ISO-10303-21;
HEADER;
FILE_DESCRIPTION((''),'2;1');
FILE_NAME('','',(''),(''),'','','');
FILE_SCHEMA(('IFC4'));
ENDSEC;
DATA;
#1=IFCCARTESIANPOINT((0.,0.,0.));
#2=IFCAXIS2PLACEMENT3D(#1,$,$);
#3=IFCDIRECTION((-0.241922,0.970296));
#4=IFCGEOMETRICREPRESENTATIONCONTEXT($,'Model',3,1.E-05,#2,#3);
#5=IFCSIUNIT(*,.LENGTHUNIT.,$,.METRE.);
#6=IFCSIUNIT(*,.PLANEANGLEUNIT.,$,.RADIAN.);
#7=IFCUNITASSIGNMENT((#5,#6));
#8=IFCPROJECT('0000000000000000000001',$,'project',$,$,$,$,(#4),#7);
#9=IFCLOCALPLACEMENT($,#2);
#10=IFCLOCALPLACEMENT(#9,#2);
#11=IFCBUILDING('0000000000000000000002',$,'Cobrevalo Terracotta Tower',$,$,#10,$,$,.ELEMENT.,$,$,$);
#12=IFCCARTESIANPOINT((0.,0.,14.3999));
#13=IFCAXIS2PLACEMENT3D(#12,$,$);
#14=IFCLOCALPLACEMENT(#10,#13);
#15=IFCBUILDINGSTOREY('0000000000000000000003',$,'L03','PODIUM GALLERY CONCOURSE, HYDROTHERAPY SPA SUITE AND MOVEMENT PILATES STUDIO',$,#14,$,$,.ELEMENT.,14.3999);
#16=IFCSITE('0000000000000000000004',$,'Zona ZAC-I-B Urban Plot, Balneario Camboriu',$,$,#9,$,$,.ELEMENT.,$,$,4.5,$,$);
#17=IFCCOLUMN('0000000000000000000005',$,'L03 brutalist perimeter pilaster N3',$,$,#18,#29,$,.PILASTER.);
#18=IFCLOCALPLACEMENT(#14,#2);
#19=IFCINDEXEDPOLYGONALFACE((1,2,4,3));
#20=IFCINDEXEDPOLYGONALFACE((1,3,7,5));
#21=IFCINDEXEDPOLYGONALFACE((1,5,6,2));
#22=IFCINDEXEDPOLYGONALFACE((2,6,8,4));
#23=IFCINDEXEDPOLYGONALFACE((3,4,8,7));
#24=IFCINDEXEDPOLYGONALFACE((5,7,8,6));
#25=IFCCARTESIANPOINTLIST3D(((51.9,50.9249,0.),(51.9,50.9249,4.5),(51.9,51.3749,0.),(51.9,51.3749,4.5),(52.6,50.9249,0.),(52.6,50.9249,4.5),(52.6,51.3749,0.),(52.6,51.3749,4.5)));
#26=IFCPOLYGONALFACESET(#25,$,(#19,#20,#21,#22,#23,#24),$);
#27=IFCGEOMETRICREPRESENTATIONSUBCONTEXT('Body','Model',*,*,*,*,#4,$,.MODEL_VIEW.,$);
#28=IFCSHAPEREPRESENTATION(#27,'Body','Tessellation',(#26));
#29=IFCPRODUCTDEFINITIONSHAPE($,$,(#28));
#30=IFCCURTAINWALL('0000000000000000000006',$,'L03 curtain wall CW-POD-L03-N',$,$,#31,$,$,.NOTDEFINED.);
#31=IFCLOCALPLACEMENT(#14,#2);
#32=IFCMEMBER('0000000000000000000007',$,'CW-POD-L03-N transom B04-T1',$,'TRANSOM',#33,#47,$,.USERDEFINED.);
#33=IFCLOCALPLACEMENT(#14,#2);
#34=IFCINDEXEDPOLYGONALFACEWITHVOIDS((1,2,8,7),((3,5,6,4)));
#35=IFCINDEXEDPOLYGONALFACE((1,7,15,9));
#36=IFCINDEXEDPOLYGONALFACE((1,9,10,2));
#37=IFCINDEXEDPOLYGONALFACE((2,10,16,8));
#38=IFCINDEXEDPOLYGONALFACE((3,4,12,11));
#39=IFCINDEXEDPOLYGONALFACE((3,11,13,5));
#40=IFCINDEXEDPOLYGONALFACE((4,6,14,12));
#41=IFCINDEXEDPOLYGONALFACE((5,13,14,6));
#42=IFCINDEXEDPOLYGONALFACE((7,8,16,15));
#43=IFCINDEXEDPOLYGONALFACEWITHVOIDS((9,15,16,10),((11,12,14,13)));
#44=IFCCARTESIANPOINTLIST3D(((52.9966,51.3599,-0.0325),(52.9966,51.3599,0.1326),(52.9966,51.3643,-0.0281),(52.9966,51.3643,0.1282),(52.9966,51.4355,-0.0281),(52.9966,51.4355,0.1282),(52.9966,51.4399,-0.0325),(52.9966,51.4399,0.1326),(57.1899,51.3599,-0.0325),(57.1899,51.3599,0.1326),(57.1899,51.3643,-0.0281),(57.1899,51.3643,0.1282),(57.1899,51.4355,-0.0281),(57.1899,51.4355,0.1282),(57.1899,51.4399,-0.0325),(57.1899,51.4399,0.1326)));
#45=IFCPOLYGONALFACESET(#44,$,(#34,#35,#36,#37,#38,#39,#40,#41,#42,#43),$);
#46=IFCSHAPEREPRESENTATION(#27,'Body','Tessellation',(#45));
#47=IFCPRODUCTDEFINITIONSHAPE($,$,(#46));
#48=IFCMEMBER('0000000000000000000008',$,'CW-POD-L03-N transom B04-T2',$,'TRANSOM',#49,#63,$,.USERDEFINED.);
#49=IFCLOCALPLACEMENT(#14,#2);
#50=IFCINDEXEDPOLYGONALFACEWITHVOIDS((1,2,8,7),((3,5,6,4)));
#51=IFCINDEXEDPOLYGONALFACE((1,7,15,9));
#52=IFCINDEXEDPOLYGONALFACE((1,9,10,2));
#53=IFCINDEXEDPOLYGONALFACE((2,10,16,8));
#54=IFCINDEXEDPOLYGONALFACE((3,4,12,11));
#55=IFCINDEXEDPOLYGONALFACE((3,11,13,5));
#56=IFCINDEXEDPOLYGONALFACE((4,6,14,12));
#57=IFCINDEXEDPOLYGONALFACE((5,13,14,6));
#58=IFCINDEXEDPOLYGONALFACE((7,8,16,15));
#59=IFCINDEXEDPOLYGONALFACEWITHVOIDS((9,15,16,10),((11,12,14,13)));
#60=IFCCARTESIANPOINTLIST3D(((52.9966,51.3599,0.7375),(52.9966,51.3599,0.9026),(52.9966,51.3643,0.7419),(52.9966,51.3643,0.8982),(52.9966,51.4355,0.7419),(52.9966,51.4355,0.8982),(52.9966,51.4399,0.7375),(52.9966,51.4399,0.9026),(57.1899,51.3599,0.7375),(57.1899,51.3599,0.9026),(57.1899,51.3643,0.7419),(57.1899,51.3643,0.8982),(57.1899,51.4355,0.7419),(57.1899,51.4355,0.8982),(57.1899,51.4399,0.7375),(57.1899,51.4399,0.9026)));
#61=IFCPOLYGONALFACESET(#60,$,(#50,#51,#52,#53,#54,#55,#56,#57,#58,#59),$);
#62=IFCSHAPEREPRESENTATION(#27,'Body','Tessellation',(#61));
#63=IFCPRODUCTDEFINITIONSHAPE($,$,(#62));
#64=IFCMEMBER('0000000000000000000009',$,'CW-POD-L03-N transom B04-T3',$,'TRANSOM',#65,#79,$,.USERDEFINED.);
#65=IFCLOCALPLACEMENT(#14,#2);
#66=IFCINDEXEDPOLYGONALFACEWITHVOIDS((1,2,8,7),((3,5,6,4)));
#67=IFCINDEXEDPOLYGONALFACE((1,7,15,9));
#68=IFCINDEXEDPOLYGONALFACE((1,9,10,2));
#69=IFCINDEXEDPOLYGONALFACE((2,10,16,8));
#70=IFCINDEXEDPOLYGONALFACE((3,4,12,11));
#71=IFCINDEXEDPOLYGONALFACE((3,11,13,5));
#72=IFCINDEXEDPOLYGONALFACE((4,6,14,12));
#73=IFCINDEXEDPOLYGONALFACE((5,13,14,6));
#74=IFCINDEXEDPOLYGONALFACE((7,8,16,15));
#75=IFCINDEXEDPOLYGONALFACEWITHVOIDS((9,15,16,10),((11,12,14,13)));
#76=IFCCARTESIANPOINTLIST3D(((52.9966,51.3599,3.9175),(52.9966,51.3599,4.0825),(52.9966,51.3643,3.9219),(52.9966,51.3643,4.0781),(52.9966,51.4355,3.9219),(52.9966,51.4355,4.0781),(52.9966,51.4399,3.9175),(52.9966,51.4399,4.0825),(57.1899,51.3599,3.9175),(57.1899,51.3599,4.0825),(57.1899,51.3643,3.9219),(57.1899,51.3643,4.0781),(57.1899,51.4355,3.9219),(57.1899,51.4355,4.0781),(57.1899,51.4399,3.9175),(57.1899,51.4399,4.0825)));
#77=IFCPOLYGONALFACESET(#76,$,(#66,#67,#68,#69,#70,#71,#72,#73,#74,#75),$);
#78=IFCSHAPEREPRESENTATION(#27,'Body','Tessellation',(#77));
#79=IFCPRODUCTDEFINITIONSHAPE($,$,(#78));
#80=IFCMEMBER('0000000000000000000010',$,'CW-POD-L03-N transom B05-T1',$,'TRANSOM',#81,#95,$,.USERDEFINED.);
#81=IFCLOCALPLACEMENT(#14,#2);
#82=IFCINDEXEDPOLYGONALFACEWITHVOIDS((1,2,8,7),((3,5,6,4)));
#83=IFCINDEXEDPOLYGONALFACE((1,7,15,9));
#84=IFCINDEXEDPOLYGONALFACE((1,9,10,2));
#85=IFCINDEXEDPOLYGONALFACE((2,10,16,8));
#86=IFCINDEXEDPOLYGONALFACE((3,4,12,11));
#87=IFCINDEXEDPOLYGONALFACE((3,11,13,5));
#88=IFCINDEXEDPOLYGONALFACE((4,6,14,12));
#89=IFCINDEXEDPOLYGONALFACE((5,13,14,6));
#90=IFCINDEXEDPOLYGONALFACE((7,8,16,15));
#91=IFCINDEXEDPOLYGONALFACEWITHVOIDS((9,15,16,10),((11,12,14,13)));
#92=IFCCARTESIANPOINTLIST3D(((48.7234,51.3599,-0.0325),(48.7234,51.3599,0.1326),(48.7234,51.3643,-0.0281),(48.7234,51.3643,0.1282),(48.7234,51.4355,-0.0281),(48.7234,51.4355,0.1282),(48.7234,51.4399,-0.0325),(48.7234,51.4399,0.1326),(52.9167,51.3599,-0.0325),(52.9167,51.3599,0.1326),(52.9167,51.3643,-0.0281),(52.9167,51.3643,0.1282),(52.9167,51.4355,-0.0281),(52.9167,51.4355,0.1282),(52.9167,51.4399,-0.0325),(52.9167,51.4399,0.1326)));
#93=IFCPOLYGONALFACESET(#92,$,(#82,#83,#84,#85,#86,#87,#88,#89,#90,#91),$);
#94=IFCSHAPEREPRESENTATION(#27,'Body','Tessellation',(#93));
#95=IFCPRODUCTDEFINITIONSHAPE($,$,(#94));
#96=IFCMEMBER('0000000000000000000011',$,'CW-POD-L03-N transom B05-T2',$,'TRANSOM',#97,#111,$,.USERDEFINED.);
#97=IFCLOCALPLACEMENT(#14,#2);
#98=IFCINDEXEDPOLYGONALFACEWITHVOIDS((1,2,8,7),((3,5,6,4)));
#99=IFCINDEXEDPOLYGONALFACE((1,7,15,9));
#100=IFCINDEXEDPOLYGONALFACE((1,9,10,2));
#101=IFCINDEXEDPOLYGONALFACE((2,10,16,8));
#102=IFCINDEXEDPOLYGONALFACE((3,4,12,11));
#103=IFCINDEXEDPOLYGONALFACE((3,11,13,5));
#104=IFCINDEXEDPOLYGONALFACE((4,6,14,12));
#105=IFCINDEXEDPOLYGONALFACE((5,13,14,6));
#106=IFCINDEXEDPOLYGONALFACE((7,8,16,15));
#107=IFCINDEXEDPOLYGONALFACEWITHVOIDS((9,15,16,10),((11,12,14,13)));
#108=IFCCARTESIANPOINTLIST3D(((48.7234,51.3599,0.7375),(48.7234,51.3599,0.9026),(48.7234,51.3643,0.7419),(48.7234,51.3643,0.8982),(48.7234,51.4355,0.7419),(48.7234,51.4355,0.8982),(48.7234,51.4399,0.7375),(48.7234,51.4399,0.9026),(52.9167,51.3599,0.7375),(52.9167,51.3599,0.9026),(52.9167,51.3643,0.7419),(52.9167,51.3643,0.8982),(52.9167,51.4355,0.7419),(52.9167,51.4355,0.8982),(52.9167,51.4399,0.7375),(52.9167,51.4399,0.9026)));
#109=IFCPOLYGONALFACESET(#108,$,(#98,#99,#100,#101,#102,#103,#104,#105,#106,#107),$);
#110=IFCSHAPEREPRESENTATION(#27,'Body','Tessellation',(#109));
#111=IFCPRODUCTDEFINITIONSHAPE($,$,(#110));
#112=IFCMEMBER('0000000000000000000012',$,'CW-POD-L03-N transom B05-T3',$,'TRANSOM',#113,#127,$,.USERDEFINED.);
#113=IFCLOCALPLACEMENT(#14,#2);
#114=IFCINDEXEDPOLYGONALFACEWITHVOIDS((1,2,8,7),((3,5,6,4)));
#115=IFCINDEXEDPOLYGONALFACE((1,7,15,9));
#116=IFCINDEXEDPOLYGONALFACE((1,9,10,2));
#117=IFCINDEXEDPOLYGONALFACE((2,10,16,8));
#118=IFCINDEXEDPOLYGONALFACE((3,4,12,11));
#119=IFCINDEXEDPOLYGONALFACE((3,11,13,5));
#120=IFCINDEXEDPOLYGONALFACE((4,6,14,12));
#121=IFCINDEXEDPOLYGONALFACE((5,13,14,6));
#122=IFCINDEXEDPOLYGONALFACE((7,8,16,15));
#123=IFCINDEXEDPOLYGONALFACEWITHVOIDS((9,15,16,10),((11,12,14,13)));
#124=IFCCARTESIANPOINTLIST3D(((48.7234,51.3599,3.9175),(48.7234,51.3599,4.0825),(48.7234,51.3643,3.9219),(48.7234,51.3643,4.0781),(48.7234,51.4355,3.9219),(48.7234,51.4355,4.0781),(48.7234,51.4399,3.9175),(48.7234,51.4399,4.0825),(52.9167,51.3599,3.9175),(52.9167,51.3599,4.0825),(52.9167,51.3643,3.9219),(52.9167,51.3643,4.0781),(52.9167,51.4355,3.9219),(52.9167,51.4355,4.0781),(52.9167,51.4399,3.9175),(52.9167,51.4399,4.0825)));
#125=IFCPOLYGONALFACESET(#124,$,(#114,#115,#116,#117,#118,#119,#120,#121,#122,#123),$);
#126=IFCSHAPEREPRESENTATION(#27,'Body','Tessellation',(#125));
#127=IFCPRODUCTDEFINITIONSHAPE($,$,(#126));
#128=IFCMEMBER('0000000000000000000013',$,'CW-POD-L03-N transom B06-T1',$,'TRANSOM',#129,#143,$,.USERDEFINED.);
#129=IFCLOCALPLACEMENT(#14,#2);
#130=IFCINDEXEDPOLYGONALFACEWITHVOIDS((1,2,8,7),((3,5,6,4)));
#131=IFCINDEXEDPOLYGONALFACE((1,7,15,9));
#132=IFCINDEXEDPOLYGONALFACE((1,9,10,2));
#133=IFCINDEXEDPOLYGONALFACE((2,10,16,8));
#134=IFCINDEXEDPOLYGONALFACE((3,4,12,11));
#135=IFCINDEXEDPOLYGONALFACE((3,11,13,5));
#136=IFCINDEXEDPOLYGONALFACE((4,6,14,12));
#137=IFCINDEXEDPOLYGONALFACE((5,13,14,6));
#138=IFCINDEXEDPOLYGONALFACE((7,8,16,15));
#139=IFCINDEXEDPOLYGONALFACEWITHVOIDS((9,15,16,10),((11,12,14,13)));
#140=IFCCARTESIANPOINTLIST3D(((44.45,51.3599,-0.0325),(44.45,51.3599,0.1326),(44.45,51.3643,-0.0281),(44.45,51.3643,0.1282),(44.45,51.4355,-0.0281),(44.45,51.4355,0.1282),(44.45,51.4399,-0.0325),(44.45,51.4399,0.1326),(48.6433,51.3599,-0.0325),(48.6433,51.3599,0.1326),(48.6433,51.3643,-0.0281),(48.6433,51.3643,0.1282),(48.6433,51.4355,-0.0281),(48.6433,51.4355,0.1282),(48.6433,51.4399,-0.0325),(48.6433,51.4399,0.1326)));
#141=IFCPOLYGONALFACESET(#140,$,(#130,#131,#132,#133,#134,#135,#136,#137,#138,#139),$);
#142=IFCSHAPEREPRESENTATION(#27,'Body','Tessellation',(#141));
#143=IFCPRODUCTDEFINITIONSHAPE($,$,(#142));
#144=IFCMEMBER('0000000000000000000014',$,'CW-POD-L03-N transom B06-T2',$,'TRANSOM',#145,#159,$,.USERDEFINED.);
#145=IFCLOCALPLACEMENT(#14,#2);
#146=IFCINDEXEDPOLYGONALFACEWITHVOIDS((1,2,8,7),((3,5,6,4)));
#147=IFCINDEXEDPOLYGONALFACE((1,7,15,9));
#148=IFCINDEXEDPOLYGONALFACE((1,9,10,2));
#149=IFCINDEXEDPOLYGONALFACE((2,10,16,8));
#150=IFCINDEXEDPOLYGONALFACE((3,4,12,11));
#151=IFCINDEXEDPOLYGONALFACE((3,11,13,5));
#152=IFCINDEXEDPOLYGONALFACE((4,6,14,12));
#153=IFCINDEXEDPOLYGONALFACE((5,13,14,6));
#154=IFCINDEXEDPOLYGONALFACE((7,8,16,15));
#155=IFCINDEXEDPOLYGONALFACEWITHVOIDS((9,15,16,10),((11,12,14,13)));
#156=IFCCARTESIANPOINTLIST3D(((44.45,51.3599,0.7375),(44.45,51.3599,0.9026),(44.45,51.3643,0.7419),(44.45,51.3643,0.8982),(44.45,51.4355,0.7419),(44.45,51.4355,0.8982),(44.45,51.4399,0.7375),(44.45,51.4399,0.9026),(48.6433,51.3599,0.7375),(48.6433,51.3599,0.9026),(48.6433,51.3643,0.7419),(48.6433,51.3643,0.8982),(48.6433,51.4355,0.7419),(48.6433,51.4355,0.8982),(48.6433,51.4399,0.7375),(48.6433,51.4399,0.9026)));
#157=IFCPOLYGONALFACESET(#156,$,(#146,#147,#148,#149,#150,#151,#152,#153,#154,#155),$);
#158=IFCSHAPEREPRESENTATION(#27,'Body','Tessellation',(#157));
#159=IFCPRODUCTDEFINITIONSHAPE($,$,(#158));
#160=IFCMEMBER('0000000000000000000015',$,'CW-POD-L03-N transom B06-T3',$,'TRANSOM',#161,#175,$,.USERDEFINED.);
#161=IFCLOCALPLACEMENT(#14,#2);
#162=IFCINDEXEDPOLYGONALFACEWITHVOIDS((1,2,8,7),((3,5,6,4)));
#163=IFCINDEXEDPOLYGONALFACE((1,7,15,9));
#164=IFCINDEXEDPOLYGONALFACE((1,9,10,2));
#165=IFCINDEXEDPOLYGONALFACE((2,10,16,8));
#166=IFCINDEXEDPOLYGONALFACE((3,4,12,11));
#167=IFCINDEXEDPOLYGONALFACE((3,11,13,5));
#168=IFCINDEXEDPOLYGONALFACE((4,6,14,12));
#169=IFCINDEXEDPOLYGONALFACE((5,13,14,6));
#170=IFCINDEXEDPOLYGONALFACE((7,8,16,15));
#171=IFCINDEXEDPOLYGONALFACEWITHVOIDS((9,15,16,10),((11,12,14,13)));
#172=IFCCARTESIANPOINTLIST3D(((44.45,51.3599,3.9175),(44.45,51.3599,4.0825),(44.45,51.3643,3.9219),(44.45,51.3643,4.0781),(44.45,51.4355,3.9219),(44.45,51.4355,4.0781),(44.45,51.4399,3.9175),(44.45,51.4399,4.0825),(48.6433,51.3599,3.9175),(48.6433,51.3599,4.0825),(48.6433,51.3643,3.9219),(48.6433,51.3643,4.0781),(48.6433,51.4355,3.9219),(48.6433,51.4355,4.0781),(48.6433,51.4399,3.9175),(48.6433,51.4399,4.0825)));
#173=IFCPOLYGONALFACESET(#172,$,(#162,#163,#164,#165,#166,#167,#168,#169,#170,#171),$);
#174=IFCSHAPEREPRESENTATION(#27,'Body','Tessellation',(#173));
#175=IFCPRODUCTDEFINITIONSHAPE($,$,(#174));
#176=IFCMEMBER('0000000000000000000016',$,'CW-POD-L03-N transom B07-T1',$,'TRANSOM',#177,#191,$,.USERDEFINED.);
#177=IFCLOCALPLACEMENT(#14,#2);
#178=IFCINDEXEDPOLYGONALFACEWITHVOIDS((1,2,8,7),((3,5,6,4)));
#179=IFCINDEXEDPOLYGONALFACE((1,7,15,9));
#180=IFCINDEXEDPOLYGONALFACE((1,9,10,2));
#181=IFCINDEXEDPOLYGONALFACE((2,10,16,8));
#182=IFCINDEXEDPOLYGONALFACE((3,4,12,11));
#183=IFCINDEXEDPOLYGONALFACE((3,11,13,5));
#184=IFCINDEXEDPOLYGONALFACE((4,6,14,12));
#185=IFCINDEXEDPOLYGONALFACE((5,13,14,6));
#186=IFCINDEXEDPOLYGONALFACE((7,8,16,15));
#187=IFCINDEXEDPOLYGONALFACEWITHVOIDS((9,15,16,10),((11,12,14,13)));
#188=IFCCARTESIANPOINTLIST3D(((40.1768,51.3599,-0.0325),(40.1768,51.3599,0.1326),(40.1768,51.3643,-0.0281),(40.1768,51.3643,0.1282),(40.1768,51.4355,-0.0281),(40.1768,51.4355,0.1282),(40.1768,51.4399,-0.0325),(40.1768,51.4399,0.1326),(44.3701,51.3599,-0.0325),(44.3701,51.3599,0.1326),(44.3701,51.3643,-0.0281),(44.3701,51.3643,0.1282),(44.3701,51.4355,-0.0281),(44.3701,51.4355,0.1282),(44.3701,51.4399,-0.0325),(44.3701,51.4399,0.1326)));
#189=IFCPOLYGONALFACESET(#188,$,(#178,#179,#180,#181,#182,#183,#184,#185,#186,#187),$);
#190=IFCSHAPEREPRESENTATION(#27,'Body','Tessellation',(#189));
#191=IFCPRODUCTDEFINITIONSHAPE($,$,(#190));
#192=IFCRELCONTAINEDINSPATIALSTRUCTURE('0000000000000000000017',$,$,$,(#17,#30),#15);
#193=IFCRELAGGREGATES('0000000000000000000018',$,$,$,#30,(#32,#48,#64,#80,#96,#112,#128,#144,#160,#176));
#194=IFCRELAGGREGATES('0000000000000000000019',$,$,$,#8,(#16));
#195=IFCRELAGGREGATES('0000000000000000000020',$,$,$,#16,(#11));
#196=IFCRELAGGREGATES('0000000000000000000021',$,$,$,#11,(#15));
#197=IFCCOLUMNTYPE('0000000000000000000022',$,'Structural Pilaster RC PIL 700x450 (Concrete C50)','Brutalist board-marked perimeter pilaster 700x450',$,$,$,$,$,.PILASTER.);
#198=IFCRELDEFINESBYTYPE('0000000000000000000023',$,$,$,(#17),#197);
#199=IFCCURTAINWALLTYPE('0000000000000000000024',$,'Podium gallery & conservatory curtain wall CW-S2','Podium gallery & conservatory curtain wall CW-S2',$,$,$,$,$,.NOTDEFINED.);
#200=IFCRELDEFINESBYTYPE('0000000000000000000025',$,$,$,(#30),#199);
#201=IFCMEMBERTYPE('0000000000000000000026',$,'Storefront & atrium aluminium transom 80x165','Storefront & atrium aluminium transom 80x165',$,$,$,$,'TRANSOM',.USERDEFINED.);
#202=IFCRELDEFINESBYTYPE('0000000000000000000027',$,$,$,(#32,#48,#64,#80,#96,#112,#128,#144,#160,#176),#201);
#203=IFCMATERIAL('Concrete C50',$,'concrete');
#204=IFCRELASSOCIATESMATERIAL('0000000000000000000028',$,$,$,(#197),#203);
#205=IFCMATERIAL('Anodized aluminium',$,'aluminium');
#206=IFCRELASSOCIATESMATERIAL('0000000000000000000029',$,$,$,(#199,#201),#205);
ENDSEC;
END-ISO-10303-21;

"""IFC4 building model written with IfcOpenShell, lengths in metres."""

from ifc_helpers import new_model, si_unit, direction, frame, origin, origin_2d, place, context, subcontext, project, spatial, rectangle, hollow_rectangle, extrude, source, transform, mapped, material, material_profile, profile_set, type_object, element, aggregate, save


model = new_model("IFC4")

# Units and contexts
model_context = context("Model", 3, precision=1e-05, world=origin(), true_north=direction((-0.241922, 0.970296)))
body_context = subcontext(model_context, "Body", "Model", "MODEL_VIEW")
ifc_project = project(units=[si_unit("LENGTHUNIT", "METRE"), si_unit("PLANEANGLEUNIT", "RADIAN")], contexts=[model_context])

# Site, building, storey
site_placement = place(None, origin())
site = spatial("IfcSite", under=ifc_project, at=site_placement, Name="Zona ZAC-I-B Urban Plot, Balneario Camboriu", CompositionType="ELEMENT", RefElevation=4.5)
building_placement = place(site_placement, origin())
building = spatial("IfcBuilding", under=site, at=building_placement, Name="Cobrevalo Terracotta Tower", CompositionType="ELEMENT")
storey_placement = place(building_placement, frame((0.0, 0.0, 14.3999)))
storey = spatial("IfcBuildingStorey", under=building, at=storey_placement, Name="L03", Description="PODIUM GALLERY CONCOURSE, HYDROTHERAPY SPA SUITE AND MOVEMENT PILATES STUDIO", CompositionType="ELEMENT", Elevation=14.3999)

# Column
ifc_material_1 = material(Name="Concrete C50", Category="concrete")
ifc_material_profile_1 = material_profile(ifc_material_1, rectangle(XDim=0.7, YDim=0.45, at=origin_2d()), Name="RC PIL 700x450")
ifc_profile_set_1 = profile_set([ifc_material_profile_1], Name="Concrete C50")
column_type = type_object("IfcColumnType", Name="Structural Pilaster RC PIL 700x450 (Concrete C50)", Description="Brutalist board-marked perimeter pilaster 700x450", PredefinedType="PILASTER", material=ifc_profile_set_1)
column_placement = place(storey_placement, frame((52.25, 51.1499, 0.0), z_axis=(0.0, 0.0, 1.0), x_axis=(1.0, 0.0, 0.0)))
element("IfcColumn", 1, at=column_placement, inside=storey, type_object=column_type, Name="L03 brutalist perimeter pilaster N3", PredefinedType="PILASTER", context=body_context, shape_type="SweptSolid", body=[
    extrude(rectangle(XDim=0.7, YDim=0.45, at=origin_2d()), origin(), (0.0, 0.0, 1.0), 4.5),
])

# Curtain wall, members
ifc_material_2 = material(Name="Anodized aluminium", Category="aluminium")
curtain_wall_type = type_object("IfcCurtainWallType", Name="Podium gallery & conservatory curtain wall CW-S2", Description="Podium gallery & conservatory curtain wall CW-S2", PredefinedType="NOTDEFINED", material=ifc_material_2)
curtain_wall_placement = place(storey_placement, origin())
curtain_wall = element("IfcCurtainWall", 2, at=curtain_wall_placement, inside=storey, type_object=curtain_wall_type, Name="L03 curtain wall CW-POD-L03-N", PredefinedType="NOTDEFINED")
ifc_material_profile_2 = material_profile(ifc_material_2, hollow_rectangle(XDim=0.0801, YDim=0.165, WallThickness=0.0044, at=origin_2d()), Name="CWT 80x165")
ifc_profile_set_2 = profile_set([ifc_material_profile_2], Name="Anodized aluminium")
member_type_1 = type_object("IfcMemberType", Name="Storefront & atrium aluminium transom 80x165", Description="Storefront & atrium aluminium transom 80x165", ElementType="TRANSOM", PredefinedType="USERDEFINED", material=ifc_profile_set_2)
shared_shape_1 = source(origin(), body_context, "Body", "SweptSolid", [
    extrude(hollow_rectangle(XDim=0.0801, YDim=0.165, WallThickness=0.0044, at=origin_2d()), origin(), (0.0, 0.0, 1.0), 4.1934),
])
member_1_placement = place(storey_placement, frame((57.1899, 51.3999, 0.05), z_axis=(-1.0, 0.0, 0.0), x_axis=(0.0, -1.0, 0.0)))
member_1 = element("IfcMember", 3, at=member_1_placement, type_object=member_type_1, Name="CW-POD-L03-N transom B04-T1", ObjectType="TRANSOM", PredefinedType="USERDEFINED", context=body_context, shape_type="MappedRepresentation", body=[
    mapped(shared_shape_1, transform((0.0, 0.0, 0.0), scale=1.0)),
])
member_2_placement = place(storey_placement, frame((57.1899, 51.3999, 0.8201), z_axis=(-1.0, 0.0, 0.0), x_axis=(0.0, -1.0, 0.0)))
member_2 = element("IfcMember", 4, at=member_2_placement, type_object=member_type_1, Name="CW-POD-L03-N transom B04-T2", ObjectType="TRANSOM", PredefinedType="USERDEFINED", context=body_context, shape_type="MappedRepresentation", body=[
    mapped(shared_shape_1, transform((0.0, 0.0, 0.0), scale=1.0)),
])
member_3_placement = place(storey_placement, frame((57.1899, 51.3999, 4.0), z_axis=(-1.0, 0.0, 0.0), x_axis=(0.0, -1.0, 0.0)))
member_3 = element("IfcMember", 5, at=member_3_placement, type_object=member_type_1, Name="CW-POD-L03-N transom B04-T3", ObjectType="TRANSOM", PredefinedType="USERDEFINED", context=body_context, shape_type="MappedRepresentation", body=[
    mapped(shared_shape_1, transform((0.0, 0.0, 0.0), scale=1.0)),
])
member_4_placement = place(storey_placement, frame((52.9167, 51.3999, 0.05), z_axis=(-1.0, 0.0, 0.0), x_axis=(0.0, -1.0, 0.0)))
member_4 = element("IfcMember", 6, at=member_4_placement, type_object=member_type_1, Name="CW-POD-L03-N transom B05-T1", ObjectType="TRANSOM", PredefinedType="USERDEFINED", context=body_context, shape_type="MappedRepresentation", body=[
    mapped(shared_shape_1, transform((0.0, 0.0, 0.0), scale=1.0)),
])
member_5_placement = place(storey_placement, frame((52.9167, 51.3999, 0.8201), z_axis=(-1.0, 0.0, 0.0), x_axis=(0.0, -1.0, 0.0)))
member_5 = element("IfcMember", 7, at=member_5_placement, type_object=member_type_1, Name="CW-POD-L03-N transom B05-T2", ObjectType="TRANSOM", PredefinedType="USERDEFINED", context=body_context, shape_type="MappedRepresentation", body=[
    mapped(shared_shape_1, transform((0.0, 0.0, 0.0), scale=1.0)),
])
member_6_placement = place(storey_placement, frame((52.9167, 51.3999, 4.0), z_axis=(-1.0, 0.0, 0.0), x_axis=(0.0, -1.0, 0.0)))
member_6 = element("IfcMember", 8, at=member_6_placement, type_object=member_type_1, Name="CW-POD-L03-N transom B05-T3", ObjectType="TRANSOM", PredefinedType="USERDEFINED", context=body_context, shape_type="MappedRepresentation", body=[
    mapped(shared_shape_1, transform((0.0, 0.0, 0.0), scale=1.0)),
])
member_7_placement = place(storey_placement, frame((48.6433, 51.3999, 0.05), z_axis=(-1.0, 0.0, 0.0), x_axis=(0.0, -1.0, 0.0)))
member_7 = element("IfcMember", 9, at=member_7_placement, type_object=member_type_1, Name="CW-POD-L03-N transom B06-T1", ObjectType="TRANSOM", PredefinedType="USERDEFINED", context=body_context, shape_type="MappedRepresentation", body=[
    mapped(shared_shape_1, transform((0.0, 0.0, 0.0), scale=1.0)),
])
member_8_placement = place(storey_placement, frame((48.6433, 51.3999, 0.8201), z_axis=(-1.0, 0.0, 0.0), x_axis=(0.0, -1.0, 0.0)))
member_8 = element("IfcMember", 10, at=member_8_placement, type_object=member_type_1, Name="CW-POD-L03-N transom B06-T2", ObjectType="TRANSOM", PredefinedType="USERDEFINED", context=body_context, shape_type="MappedRepresentation", body=[
    mapped(shared_shape_1, transform((0.0, 0.0, 0.0), scale=1.0)),
])
member_9_placement = place(storey_placement, frame((48.6433, 51.3999, 4.0), z_axis=(-1.0, 0.0, 0.0), x_axis=(0.0, -1.0, 0.0)))
member_9 = element("IfcMember", 11, at=member_9_placement, type_object=member_type_1, Name="CW-POD-L03-N transom B06-T3", ObjectType="TRANSOM", PredefinedType="USERDEFINED", context=body_context, shape_type="MappedRepresentation", body=[
    mapped(shared_shape_1, transform((0.0, 0.0, 0.0), scale=1.0)),
])
member_10_placement = place(storey_placement, frame((44.3701, 51.3999, 0.05), z_axis=(-1.0, 0.0, 0.0), x_axis=(0.0, -1.0, 0.0)))
member_10 = element("IfcMember", 12, at=member_10_placement, type_object=member_type_1, Name="CW-POD-L03-N transom B07-T1", ObjectType="TRANSOM", PredefinedType="USERDEFINED", context=body_context, shape_type="MappedRepresentation", body=[
    mapped(shared_shape_1, transform((0.0, 0.0, 0.0), scale=1.0)),
])
aggregate(curtain_wall, [member_1, member_2, member_3, member_4, member_5, member_6, member_7, member_8, member_9, member_10])

save(model, "model.ifc")
